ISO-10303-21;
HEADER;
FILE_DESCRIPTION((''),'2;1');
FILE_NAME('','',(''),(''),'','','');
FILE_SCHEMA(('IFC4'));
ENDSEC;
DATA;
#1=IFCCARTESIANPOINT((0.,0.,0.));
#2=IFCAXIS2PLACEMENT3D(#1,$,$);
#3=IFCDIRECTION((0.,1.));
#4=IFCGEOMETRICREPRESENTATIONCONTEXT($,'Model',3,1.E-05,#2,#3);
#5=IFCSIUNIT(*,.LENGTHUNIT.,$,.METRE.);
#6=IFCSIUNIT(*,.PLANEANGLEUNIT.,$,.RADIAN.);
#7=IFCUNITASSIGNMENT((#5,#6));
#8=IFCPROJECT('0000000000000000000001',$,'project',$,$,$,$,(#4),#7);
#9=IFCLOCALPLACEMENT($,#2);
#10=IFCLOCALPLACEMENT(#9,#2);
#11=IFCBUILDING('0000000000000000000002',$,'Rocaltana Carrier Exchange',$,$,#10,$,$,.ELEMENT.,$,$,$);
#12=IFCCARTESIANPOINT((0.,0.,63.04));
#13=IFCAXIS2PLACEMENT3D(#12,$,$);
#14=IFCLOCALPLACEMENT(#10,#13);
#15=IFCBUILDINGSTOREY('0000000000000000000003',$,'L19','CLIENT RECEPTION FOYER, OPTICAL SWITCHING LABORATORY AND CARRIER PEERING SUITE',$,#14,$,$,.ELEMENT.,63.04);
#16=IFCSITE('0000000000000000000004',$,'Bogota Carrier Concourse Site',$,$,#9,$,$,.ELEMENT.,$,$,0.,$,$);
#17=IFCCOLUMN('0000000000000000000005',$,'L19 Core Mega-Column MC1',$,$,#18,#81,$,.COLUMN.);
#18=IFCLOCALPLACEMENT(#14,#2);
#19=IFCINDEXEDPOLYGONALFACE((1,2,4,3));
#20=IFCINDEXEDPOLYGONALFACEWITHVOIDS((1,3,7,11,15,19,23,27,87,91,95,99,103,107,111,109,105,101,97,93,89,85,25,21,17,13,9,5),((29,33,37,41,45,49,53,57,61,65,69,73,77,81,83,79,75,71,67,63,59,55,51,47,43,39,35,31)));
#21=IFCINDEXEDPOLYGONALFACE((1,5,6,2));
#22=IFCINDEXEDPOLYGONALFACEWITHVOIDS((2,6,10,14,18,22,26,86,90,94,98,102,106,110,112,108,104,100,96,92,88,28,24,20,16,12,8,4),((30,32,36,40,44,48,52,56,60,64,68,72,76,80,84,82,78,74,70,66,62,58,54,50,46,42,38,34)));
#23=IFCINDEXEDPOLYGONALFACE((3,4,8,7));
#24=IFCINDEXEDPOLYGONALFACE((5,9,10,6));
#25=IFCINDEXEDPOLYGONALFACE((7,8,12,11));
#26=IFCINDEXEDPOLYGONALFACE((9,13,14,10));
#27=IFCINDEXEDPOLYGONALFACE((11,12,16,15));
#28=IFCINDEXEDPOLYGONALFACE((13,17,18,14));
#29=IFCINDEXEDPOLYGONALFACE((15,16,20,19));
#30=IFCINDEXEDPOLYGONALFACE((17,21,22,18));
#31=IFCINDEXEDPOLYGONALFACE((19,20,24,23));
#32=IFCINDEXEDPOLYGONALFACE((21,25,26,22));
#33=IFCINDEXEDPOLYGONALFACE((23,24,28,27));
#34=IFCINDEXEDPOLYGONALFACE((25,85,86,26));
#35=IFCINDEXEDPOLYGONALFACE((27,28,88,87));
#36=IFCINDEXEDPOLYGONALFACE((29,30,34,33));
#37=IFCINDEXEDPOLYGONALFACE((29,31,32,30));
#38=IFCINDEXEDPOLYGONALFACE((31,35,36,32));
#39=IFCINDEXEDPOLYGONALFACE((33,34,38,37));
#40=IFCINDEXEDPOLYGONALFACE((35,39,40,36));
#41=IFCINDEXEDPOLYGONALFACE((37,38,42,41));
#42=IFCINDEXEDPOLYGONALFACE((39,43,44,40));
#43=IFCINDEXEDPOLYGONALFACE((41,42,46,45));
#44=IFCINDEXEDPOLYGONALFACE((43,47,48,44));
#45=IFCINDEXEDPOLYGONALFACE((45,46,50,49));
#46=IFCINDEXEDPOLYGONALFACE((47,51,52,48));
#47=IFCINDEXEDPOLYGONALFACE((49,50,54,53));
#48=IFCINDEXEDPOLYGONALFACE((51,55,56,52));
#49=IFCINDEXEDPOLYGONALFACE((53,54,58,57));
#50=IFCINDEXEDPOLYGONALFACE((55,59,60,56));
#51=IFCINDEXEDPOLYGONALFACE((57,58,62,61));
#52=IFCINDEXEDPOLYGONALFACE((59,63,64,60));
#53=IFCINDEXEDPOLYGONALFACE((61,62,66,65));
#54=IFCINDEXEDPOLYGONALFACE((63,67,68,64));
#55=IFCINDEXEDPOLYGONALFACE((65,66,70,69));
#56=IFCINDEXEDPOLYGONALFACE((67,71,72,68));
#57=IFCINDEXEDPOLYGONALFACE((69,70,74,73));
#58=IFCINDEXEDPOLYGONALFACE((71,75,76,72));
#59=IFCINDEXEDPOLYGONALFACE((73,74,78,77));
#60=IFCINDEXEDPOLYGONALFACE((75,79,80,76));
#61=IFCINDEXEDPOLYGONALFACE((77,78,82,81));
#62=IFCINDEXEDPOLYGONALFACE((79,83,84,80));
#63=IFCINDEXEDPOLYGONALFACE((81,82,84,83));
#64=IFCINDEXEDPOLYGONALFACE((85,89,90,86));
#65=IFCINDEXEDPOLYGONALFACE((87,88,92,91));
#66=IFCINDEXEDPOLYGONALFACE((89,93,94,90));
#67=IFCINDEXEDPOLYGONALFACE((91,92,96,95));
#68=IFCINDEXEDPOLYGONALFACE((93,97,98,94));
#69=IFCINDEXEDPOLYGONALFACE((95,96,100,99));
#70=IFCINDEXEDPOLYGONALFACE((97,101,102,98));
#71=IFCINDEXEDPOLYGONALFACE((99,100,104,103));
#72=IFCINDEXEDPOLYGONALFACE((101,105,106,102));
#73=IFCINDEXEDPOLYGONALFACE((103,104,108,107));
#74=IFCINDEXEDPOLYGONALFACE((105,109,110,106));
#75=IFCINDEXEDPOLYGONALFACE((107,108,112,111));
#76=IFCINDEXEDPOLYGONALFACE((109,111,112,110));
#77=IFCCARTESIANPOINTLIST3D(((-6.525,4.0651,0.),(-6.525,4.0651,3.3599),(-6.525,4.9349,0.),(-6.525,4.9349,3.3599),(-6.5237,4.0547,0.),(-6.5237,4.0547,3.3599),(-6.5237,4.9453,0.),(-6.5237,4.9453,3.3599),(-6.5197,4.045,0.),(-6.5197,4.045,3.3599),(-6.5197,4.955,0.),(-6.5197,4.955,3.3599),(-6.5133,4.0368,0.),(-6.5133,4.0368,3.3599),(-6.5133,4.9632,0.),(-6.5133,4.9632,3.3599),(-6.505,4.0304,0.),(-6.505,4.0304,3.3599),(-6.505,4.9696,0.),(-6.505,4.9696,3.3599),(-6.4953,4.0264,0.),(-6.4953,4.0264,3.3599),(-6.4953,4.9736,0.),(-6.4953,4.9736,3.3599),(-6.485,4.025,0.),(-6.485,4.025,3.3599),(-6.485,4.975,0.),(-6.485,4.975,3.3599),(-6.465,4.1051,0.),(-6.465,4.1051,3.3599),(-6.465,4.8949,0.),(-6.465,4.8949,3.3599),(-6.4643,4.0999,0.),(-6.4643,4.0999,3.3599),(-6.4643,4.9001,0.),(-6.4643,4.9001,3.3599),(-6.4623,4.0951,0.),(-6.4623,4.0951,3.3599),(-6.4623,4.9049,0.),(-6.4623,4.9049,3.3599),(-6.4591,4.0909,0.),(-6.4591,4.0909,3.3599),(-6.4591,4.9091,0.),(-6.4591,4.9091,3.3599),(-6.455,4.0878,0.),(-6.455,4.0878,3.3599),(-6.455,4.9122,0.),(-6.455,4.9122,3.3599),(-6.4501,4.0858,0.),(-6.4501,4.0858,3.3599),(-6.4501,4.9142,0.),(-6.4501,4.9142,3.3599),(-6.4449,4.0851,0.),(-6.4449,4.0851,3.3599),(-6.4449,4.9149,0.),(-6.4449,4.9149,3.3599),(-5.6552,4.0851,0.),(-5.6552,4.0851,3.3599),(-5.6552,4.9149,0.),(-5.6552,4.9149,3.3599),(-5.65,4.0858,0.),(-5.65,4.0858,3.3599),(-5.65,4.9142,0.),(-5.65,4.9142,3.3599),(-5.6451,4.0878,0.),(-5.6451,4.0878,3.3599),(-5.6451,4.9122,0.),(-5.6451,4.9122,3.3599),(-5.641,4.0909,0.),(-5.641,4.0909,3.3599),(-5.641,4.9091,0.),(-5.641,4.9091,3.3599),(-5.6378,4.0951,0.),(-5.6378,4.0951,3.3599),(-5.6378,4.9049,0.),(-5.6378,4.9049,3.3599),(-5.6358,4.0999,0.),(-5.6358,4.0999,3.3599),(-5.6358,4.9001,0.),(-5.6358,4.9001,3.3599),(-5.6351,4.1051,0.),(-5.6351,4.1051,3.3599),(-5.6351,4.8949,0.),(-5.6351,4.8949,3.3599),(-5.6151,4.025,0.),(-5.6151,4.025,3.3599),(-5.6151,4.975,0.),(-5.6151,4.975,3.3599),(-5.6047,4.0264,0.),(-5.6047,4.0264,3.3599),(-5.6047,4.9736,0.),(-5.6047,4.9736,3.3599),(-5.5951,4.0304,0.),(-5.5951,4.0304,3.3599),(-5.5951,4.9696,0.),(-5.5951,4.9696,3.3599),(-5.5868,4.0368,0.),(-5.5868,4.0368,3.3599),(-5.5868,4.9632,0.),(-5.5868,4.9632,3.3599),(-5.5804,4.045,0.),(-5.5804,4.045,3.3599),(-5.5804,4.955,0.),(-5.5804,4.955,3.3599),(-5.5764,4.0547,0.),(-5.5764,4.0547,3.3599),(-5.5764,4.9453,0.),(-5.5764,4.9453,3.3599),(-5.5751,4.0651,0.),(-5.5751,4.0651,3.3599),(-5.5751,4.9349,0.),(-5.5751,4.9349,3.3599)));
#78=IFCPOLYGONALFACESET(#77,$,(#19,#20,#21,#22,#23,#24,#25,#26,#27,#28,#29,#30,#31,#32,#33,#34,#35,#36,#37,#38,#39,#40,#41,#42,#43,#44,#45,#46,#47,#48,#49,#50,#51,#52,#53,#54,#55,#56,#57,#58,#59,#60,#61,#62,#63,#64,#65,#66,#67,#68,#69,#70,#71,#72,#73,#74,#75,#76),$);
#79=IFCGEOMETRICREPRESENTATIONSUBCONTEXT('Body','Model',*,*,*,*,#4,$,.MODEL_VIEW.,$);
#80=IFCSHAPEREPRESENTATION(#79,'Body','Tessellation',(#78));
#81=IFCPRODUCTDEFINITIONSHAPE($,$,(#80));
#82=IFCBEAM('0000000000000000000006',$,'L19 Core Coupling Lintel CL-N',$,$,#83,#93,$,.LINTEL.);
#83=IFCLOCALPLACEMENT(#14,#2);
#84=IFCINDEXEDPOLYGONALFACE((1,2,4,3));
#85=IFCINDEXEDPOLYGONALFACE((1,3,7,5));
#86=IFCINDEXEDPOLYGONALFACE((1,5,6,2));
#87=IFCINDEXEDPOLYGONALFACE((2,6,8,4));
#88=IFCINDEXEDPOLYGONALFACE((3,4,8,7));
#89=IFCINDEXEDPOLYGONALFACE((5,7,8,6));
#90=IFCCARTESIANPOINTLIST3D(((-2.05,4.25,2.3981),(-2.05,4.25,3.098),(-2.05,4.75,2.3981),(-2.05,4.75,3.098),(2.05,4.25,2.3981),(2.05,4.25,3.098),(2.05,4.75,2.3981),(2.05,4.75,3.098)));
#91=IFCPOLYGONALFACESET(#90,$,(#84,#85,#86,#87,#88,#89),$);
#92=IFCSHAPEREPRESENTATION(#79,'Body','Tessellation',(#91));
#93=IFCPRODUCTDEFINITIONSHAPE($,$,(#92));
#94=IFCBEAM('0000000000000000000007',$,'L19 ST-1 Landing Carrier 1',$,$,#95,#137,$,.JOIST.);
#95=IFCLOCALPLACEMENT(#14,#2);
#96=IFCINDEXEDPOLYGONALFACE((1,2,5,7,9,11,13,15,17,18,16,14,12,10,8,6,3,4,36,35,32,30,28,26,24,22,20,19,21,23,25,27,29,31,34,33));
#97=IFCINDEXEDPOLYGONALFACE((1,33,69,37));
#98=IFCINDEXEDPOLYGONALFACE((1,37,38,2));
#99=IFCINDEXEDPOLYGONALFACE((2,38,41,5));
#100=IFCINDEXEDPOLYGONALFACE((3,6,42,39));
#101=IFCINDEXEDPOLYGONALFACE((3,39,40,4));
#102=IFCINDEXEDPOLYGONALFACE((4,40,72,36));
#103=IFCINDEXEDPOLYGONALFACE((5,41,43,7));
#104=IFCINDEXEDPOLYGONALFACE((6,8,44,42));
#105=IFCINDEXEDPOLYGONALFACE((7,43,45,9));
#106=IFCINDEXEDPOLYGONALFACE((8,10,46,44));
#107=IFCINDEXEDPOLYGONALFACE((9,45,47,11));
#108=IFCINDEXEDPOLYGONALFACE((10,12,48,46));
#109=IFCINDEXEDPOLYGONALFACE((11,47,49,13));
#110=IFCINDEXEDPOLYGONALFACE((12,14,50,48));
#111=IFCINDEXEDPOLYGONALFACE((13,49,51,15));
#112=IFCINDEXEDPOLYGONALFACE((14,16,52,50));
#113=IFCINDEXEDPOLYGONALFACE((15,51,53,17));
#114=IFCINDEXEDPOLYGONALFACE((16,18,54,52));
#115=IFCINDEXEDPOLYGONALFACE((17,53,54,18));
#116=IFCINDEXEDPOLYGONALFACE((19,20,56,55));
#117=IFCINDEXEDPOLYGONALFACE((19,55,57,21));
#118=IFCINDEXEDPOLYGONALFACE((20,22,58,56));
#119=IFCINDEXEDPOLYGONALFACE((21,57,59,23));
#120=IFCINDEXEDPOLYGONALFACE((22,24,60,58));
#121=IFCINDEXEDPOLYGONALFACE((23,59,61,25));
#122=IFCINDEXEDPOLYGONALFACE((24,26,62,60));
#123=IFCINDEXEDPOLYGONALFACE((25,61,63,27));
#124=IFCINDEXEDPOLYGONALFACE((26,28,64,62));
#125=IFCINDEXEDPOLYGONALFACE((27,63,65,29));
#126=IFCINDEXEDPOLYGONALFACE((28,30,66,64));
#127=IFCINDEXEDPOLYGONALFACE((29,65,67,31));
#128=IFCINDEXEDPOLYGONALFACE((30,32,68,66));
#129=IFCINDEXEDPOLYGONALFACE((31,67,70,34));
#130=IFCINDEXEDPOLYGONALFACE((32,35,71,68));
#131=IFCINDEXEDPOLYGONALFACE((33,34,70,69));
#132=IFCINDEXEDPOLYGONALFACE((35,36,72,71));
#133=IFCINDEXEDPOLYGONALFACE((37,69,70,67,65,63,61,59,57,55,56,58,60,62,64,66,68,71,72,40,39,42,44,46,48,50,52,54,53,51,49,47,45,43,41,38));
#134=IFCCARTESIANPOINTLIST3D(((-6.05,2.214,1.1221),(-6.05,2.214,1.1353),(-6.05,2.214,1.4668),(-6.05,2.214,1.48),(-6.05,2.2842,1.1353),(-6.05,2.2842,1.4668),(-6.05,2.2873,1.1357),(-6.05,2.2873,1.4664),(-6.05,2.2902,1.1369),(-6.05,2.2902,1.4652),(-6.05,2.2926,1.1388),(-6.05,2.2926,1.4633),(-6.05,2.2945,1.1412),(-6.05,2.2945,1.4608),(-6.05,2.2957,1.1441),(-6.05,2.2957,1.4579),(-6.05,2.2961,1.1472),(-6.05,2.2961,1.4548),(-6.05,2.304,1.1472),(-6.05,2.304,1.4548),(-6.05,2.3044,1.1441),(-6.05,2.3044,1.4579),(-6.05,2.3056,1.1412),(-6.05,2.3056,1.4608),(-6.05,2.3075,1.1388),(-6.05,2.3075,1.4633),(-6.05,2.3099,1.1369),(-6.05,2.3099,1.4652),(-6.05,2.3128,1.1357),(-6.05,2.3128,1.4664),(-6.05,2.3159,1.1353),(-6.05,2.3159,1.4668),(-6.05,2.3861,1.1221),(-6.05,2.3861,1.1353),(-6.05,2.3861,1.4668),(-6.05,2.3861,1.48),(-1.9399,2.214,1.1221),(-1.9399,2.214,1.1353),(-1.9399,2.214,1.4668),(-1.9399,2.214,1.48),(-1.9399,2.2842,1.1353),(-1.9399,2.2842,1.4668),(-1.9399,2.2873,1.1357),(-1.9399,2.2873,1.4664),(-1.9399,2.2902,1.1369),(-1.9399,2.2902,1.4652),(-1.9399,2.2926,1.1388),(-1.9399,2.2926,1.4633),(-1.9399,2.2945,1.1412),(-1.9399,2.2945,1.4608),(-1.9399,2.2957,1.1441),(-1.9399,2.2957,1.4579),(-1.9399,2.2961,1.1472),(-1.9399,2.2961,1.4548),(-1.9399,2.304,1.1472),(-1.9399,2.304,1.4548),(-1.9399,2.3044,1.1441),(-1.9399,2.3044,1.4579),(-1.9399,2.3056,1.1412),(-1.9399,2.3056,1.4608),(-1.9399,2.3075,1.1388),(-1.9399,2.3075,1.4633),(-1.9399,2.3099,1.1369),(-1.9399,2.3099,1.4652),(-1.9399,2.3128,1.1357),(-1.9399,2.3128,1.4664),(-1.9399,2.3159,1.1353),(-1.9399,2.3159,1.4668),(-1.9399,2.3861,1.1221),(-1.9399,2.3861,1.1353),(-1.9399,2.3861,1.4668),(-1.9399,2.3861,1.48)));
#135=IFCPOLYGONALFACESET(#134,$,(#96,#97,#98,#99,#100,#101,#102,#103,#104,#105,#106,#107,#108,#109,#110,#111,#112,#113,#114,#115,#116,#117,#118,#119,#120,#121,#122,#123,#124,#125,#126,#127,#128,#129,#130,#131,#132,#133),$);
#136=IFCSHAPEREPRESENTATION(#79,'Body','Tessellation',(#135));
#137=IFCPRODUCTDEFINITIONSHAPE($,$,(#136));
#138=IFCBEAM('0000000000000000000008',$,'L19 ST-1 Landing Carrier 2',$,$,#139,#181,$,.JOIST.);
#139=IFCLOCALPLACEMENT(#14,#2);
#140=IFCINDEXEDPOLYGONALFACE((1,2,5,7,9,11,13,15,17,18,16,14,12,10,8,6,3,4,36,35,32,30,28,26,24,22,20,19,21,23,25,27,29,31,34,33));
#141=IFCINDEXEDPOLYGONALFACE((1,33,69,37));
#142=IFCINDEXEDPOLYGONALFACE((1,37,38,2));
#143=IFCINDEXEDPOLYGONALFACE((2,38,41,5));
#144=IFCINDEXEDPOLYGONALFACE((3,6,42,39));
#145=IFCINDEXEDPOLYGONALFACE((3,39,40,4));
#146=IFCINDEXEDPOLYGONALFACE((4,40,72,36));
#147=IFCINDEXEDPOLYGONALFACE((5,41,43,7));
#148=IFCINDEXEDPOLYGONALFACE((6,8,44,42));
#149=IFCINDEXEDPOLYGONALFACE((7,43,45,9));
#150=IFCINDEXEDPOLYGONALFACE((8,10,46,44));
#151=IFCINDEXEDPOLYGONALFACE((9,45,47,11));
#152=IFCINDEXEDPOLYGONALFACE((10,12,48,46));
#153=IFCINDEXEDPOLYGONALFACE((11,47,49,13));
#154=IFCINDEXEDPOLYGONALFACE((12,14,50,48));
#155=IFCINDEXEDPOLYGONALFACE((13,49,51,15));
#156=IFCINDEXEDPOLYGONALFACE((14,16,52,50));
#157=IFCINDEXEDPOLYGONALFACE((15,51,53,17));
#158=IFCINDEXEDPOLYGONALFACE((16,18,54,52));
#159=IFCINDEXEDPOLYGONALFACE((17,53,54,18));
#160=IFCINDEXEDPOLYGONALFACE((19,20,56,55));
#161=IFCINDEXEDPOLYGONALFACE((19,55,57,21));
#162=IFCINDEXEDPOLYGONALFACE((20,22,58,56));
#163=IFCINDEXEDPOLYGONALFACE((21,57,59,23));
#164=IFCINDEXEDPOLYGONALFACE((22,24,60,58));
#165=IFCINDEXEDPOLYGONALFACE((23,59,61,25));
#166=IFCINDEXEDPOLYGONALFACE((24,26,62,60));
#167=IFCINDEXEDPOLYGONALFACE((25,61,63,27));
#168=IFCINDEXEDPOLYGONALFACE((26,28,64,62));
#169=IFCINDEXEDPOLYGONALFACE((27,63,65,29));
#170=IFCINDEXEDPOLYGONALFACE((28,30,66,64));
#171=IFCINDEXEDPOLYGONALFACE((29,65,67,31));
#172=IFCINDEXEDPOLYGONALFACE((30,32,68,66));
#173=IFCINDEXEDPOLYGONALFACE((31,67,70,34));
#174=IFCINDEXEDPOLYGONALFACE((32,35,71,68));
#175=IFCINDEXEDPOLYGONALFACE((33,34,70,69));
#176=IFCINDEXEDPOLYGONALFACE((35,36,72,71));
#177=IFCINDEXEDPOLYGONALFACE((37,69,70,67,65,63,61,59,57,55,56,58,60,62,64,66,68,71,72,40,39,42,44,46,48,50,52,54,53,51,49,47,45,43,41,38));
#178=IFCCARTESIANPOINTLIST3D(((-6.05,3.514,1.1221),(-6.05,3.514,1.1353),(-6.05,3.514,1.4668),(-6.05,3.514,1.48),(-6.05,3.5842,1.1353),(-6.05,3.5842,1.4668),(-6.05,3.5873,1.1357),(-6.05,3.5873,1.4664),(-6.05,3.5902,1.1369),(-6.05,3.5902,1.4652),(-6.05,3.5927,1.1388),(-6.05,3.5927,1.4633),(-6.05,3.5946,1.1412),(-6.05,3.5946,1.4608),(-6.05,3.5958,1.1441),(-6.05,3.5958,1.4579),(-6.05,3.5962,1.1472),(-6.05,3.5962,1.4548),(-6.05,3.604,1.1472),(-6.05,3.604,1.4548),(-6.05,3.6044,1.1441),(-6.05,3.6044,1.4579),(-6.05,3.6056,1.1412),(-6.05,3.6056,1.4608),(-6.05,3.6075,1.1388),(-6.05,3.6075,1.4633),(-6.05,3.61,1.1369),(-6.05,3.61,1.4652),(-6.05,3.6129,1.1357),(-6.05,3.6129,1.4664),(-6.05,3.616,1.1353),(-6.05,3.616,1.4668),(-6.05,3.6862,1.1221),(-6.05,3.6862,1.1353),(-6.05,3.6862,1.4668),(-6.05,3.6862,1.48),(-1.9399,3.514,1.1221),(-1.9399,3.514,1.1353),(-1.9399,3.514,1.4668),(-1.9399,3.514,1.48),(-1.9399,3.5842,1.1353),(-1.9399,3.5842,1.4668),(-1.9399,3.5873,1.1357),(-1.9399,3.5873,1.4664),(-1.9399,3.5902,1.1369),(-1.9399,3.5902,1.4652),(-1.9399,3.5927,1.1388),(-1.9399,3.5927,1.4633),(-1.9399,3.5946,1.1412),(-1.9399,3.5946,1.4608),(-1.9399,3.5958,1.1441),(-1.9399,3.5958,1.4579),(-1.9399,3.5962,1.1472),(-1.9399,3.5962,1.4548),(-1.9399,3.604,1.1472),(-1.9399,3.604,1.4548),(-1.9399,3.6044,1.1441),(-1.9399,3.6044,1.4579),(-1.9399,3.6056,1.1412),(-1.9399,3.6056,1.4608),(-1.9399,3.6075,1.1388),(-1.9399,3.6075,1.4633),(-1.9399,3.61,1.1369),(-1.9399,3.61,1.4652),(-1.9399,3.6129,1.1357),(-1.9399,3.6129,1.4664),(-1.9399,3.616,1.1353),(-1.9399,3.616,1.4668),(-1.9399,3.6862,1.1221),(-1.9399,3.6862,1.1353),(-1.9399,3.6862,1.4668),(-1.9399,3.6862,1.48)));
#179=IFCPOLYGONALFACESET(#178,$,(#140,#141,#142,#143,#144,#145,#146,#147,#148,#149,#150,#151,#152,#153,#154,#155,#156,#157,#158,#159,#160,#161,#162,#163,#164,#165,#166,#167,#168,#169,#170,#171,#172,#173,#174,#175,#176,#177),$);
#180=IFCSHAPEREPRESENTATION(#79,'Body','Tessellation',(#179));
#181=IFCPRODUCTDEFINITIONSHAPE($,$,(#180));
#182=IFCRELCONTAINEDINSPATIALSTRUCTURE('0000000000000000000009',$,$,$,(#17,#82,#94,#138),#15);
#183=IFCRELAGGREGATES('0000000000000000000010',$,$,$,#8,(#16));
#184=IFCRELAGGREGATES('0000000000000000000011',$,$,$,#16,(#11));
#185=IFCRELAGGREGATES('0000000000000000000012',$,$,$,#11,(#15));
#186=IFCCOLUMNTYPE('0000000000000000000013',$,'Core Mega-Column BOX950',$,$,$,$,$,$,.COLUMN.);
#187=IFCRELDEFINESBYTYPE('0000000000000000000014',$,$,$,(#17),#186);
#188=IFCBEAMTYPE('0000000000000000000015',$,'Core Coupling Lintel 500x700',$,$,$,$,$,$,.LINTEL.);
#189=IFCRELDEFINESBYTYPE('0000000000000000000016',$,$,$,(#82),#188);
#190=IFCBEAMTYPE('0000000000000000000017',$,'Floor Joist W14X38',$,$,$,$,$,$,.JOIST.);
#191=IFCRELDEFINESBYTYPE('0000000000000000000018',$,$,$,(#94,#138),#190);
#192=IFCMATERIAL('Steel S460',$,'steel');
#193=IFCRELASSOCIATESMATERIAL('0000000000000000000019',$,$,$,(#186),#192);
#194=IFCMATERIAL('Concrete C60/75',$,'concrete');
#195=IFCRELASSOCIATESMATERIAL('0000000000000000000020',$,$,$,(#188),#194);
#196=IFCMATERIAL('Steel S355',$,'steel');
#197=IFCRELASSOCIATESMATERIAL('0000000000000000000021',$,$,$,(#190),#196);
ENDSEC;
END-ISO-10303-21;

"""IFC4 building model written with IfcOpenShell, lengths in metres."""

from ifc_helpers import new_model, si_unit, direction, frame, origin, origin_2d, place, context, subcontext, project, spatial, rectangle, hollow_rectangle, i_section, extrude, material, material_profile, profile_set, type_object, element, save


model = new_model("IFC4")

# Units and contexts
model_context = context("Model", 3, precision=1e-05, world=origin(), true_north=direction((0.0, 1.0)))
body_context = subcontext(model_context, "Body", "Model", "MODEL_VIEW")
ifc_project = project(units=[si_unit("LENGTHUNIT", "METRE"), si_unit("PLANEANGLEUNIT", "RADIAN")], contexts=[model_context])

# Site, building, storey
site_placement = place(None, origin())
site = spatial("IfcSite", under=ifc_project, at=site_placement, Name="Bogota Carrier Concourse Site", CompositionType="ELEMENT", RefElevation=0.0)
building_placement = place(site_placement, origin())
building = spatial("IfcBuilding", under=site, at=building_placement, Name="Rocaltana Carrier Exchange", CompositionType="ELEMENT")
storey_placement = place(building_placement, frame((0.0, 0.0, 63.04)))
storey = spatial("IfcBuildingStorey", under=building, at=storey_placement, Name="L19", Description="CLIENT RECEPTION FOYER, OPTICAL SWITCHING LABORATORY AND CARRIER PEERING SUITE", CompositionType="ELEMENT", Elevation=63.04)

# Column
ifc_material_1 = material(Name="Steel S460", Category="steel")
ifc_material_profile_1 = material_profile(ifc_material_1, hollow_rectangle(XDim=0.95, YDim=0.95, WallThickness=0.0601, InnerFilletRadius=0.02, OuterFilletRadius=0.04, at=origin_2d()), Name="BOX950X950X60")
ifc_profile_set_1 = profile_set([ifc_material_profile_1], Name="Steel S460")
column_type = type_object("IfcColumnType", Name="Core Mega-Column BOX950", PredefinedType="COLUMN", material=ifc_profile_set_1)
column_placement = place(storey_placement, frame((-6.05, 4.5, 0.0), z_axis=(0.0, 0.0, 1.0), x_axis=(1.0, 0.0, 0.0)))
element("IfcColumn", 1, at=column_placement, inside=storey, type_object=column_type, Name="L19 Core Mega-Column MC1", PredefinedType="COLUMN", context=body_context, shape_type="SweptSolid", body=[
    extrude(hollow_rectangle(XDim=0.95, YDim=0.95, WallThickness=0.0601, InnerFilletRadius=0.02, OuterFilletRadius=0.04, at=origin_2d()), origin(), (0.0, 0.0, 1.0), 3.3599),
])

# Beams
ifc_material_2 = material(Name="Concrete C60/75", Category="concrete")
ifc_material_profile_2 = material_profile(ifc_material_2, rectangle(XDim=0.5, YDim=0.7, at=origin_2d()), Name="RC-BM-500X700")
ifc_profile_set_2 = profile_set([ifc_material_profile_2], Name="Concrete C60/75")
beam_type_1 = type_object("IfcBeamType", Name="Core Coupling Lintel 500x700", PredefinedType="LINTEL", material=ifc_profile_set_2)
beam_1_placement = place(storey_placement, frame((-2.05, 4.5, 2.748), z_axis=(1.0, 0.0, 0.0), x_axis=(0.0, 1.0, 0.0)))
element("IfcBeam", 2, at=beam_1_placement, inside=storey, type_object=beam_type_1, Name="L19 Core Coupling Lintel CL-N", PredefinedType="LINTEL", context=body_context, shape_type="SweptSolid", body=[
    extrude(rectangle(XDim=0.5, YDim=0.7, at=origin_2d()), origin(), (0.0, 0.0, 1.0), 4.1001),
])
ifc_material_3 = material(Name="Steel S355", Category="steel")
ifc_material_profile_3 = material_profile(ifc_material_3, i_section(OverallWidth=0.1721, OverallDepth=0.3579, WebThickness=0.0078, FlangeThickness=0.0132, FilletRadius=0.012, at=origin_2d()), Name="W14X38")
ifc_profile_set_3 = profile_set([ifc_material_profile_3], Name="Steel S355")
beam_type_2 = type_object("IfcBeamType", Name="Floor Joist W14X38", PredefinedType="JOIST", material=ifc_profile_set_3)
for number, where, z_axis, x_axis, name in (
    (3, (-6.05, 2.3, 1.301), (1.0, 0.0, 0.0), (0.0, 1.0, 0.0), "L19 ST-1 Landing Carrier 1"),
    (4, (-6.05, 3.6001, 1.301), (1.0, 0.0, 0.0), (0.0, 1.0, 0.0), "L19 ST-1 Landing Carrier 2"),
):
    element("IfcBeam", number, at=place(storey_placement, frame(where, z_axis=z_axis, x_axis=x_axis)), inside=storey, type_object=beam_type_2, Name=name, PredefinedType="JOIST", context=body_context, shape_type="SweptSolid", body=[
        extrude(i_section(OverallWidth=0.1721, OverallDepth=0.3579, WebThickness=0.0078, FlangeThickness=0.0132, FilletRadius=0.012, at=origin_2d()), origin(), (0.0, 0.0, 1.0), 4.1101),
    ])

save(model, "model.ifc")
